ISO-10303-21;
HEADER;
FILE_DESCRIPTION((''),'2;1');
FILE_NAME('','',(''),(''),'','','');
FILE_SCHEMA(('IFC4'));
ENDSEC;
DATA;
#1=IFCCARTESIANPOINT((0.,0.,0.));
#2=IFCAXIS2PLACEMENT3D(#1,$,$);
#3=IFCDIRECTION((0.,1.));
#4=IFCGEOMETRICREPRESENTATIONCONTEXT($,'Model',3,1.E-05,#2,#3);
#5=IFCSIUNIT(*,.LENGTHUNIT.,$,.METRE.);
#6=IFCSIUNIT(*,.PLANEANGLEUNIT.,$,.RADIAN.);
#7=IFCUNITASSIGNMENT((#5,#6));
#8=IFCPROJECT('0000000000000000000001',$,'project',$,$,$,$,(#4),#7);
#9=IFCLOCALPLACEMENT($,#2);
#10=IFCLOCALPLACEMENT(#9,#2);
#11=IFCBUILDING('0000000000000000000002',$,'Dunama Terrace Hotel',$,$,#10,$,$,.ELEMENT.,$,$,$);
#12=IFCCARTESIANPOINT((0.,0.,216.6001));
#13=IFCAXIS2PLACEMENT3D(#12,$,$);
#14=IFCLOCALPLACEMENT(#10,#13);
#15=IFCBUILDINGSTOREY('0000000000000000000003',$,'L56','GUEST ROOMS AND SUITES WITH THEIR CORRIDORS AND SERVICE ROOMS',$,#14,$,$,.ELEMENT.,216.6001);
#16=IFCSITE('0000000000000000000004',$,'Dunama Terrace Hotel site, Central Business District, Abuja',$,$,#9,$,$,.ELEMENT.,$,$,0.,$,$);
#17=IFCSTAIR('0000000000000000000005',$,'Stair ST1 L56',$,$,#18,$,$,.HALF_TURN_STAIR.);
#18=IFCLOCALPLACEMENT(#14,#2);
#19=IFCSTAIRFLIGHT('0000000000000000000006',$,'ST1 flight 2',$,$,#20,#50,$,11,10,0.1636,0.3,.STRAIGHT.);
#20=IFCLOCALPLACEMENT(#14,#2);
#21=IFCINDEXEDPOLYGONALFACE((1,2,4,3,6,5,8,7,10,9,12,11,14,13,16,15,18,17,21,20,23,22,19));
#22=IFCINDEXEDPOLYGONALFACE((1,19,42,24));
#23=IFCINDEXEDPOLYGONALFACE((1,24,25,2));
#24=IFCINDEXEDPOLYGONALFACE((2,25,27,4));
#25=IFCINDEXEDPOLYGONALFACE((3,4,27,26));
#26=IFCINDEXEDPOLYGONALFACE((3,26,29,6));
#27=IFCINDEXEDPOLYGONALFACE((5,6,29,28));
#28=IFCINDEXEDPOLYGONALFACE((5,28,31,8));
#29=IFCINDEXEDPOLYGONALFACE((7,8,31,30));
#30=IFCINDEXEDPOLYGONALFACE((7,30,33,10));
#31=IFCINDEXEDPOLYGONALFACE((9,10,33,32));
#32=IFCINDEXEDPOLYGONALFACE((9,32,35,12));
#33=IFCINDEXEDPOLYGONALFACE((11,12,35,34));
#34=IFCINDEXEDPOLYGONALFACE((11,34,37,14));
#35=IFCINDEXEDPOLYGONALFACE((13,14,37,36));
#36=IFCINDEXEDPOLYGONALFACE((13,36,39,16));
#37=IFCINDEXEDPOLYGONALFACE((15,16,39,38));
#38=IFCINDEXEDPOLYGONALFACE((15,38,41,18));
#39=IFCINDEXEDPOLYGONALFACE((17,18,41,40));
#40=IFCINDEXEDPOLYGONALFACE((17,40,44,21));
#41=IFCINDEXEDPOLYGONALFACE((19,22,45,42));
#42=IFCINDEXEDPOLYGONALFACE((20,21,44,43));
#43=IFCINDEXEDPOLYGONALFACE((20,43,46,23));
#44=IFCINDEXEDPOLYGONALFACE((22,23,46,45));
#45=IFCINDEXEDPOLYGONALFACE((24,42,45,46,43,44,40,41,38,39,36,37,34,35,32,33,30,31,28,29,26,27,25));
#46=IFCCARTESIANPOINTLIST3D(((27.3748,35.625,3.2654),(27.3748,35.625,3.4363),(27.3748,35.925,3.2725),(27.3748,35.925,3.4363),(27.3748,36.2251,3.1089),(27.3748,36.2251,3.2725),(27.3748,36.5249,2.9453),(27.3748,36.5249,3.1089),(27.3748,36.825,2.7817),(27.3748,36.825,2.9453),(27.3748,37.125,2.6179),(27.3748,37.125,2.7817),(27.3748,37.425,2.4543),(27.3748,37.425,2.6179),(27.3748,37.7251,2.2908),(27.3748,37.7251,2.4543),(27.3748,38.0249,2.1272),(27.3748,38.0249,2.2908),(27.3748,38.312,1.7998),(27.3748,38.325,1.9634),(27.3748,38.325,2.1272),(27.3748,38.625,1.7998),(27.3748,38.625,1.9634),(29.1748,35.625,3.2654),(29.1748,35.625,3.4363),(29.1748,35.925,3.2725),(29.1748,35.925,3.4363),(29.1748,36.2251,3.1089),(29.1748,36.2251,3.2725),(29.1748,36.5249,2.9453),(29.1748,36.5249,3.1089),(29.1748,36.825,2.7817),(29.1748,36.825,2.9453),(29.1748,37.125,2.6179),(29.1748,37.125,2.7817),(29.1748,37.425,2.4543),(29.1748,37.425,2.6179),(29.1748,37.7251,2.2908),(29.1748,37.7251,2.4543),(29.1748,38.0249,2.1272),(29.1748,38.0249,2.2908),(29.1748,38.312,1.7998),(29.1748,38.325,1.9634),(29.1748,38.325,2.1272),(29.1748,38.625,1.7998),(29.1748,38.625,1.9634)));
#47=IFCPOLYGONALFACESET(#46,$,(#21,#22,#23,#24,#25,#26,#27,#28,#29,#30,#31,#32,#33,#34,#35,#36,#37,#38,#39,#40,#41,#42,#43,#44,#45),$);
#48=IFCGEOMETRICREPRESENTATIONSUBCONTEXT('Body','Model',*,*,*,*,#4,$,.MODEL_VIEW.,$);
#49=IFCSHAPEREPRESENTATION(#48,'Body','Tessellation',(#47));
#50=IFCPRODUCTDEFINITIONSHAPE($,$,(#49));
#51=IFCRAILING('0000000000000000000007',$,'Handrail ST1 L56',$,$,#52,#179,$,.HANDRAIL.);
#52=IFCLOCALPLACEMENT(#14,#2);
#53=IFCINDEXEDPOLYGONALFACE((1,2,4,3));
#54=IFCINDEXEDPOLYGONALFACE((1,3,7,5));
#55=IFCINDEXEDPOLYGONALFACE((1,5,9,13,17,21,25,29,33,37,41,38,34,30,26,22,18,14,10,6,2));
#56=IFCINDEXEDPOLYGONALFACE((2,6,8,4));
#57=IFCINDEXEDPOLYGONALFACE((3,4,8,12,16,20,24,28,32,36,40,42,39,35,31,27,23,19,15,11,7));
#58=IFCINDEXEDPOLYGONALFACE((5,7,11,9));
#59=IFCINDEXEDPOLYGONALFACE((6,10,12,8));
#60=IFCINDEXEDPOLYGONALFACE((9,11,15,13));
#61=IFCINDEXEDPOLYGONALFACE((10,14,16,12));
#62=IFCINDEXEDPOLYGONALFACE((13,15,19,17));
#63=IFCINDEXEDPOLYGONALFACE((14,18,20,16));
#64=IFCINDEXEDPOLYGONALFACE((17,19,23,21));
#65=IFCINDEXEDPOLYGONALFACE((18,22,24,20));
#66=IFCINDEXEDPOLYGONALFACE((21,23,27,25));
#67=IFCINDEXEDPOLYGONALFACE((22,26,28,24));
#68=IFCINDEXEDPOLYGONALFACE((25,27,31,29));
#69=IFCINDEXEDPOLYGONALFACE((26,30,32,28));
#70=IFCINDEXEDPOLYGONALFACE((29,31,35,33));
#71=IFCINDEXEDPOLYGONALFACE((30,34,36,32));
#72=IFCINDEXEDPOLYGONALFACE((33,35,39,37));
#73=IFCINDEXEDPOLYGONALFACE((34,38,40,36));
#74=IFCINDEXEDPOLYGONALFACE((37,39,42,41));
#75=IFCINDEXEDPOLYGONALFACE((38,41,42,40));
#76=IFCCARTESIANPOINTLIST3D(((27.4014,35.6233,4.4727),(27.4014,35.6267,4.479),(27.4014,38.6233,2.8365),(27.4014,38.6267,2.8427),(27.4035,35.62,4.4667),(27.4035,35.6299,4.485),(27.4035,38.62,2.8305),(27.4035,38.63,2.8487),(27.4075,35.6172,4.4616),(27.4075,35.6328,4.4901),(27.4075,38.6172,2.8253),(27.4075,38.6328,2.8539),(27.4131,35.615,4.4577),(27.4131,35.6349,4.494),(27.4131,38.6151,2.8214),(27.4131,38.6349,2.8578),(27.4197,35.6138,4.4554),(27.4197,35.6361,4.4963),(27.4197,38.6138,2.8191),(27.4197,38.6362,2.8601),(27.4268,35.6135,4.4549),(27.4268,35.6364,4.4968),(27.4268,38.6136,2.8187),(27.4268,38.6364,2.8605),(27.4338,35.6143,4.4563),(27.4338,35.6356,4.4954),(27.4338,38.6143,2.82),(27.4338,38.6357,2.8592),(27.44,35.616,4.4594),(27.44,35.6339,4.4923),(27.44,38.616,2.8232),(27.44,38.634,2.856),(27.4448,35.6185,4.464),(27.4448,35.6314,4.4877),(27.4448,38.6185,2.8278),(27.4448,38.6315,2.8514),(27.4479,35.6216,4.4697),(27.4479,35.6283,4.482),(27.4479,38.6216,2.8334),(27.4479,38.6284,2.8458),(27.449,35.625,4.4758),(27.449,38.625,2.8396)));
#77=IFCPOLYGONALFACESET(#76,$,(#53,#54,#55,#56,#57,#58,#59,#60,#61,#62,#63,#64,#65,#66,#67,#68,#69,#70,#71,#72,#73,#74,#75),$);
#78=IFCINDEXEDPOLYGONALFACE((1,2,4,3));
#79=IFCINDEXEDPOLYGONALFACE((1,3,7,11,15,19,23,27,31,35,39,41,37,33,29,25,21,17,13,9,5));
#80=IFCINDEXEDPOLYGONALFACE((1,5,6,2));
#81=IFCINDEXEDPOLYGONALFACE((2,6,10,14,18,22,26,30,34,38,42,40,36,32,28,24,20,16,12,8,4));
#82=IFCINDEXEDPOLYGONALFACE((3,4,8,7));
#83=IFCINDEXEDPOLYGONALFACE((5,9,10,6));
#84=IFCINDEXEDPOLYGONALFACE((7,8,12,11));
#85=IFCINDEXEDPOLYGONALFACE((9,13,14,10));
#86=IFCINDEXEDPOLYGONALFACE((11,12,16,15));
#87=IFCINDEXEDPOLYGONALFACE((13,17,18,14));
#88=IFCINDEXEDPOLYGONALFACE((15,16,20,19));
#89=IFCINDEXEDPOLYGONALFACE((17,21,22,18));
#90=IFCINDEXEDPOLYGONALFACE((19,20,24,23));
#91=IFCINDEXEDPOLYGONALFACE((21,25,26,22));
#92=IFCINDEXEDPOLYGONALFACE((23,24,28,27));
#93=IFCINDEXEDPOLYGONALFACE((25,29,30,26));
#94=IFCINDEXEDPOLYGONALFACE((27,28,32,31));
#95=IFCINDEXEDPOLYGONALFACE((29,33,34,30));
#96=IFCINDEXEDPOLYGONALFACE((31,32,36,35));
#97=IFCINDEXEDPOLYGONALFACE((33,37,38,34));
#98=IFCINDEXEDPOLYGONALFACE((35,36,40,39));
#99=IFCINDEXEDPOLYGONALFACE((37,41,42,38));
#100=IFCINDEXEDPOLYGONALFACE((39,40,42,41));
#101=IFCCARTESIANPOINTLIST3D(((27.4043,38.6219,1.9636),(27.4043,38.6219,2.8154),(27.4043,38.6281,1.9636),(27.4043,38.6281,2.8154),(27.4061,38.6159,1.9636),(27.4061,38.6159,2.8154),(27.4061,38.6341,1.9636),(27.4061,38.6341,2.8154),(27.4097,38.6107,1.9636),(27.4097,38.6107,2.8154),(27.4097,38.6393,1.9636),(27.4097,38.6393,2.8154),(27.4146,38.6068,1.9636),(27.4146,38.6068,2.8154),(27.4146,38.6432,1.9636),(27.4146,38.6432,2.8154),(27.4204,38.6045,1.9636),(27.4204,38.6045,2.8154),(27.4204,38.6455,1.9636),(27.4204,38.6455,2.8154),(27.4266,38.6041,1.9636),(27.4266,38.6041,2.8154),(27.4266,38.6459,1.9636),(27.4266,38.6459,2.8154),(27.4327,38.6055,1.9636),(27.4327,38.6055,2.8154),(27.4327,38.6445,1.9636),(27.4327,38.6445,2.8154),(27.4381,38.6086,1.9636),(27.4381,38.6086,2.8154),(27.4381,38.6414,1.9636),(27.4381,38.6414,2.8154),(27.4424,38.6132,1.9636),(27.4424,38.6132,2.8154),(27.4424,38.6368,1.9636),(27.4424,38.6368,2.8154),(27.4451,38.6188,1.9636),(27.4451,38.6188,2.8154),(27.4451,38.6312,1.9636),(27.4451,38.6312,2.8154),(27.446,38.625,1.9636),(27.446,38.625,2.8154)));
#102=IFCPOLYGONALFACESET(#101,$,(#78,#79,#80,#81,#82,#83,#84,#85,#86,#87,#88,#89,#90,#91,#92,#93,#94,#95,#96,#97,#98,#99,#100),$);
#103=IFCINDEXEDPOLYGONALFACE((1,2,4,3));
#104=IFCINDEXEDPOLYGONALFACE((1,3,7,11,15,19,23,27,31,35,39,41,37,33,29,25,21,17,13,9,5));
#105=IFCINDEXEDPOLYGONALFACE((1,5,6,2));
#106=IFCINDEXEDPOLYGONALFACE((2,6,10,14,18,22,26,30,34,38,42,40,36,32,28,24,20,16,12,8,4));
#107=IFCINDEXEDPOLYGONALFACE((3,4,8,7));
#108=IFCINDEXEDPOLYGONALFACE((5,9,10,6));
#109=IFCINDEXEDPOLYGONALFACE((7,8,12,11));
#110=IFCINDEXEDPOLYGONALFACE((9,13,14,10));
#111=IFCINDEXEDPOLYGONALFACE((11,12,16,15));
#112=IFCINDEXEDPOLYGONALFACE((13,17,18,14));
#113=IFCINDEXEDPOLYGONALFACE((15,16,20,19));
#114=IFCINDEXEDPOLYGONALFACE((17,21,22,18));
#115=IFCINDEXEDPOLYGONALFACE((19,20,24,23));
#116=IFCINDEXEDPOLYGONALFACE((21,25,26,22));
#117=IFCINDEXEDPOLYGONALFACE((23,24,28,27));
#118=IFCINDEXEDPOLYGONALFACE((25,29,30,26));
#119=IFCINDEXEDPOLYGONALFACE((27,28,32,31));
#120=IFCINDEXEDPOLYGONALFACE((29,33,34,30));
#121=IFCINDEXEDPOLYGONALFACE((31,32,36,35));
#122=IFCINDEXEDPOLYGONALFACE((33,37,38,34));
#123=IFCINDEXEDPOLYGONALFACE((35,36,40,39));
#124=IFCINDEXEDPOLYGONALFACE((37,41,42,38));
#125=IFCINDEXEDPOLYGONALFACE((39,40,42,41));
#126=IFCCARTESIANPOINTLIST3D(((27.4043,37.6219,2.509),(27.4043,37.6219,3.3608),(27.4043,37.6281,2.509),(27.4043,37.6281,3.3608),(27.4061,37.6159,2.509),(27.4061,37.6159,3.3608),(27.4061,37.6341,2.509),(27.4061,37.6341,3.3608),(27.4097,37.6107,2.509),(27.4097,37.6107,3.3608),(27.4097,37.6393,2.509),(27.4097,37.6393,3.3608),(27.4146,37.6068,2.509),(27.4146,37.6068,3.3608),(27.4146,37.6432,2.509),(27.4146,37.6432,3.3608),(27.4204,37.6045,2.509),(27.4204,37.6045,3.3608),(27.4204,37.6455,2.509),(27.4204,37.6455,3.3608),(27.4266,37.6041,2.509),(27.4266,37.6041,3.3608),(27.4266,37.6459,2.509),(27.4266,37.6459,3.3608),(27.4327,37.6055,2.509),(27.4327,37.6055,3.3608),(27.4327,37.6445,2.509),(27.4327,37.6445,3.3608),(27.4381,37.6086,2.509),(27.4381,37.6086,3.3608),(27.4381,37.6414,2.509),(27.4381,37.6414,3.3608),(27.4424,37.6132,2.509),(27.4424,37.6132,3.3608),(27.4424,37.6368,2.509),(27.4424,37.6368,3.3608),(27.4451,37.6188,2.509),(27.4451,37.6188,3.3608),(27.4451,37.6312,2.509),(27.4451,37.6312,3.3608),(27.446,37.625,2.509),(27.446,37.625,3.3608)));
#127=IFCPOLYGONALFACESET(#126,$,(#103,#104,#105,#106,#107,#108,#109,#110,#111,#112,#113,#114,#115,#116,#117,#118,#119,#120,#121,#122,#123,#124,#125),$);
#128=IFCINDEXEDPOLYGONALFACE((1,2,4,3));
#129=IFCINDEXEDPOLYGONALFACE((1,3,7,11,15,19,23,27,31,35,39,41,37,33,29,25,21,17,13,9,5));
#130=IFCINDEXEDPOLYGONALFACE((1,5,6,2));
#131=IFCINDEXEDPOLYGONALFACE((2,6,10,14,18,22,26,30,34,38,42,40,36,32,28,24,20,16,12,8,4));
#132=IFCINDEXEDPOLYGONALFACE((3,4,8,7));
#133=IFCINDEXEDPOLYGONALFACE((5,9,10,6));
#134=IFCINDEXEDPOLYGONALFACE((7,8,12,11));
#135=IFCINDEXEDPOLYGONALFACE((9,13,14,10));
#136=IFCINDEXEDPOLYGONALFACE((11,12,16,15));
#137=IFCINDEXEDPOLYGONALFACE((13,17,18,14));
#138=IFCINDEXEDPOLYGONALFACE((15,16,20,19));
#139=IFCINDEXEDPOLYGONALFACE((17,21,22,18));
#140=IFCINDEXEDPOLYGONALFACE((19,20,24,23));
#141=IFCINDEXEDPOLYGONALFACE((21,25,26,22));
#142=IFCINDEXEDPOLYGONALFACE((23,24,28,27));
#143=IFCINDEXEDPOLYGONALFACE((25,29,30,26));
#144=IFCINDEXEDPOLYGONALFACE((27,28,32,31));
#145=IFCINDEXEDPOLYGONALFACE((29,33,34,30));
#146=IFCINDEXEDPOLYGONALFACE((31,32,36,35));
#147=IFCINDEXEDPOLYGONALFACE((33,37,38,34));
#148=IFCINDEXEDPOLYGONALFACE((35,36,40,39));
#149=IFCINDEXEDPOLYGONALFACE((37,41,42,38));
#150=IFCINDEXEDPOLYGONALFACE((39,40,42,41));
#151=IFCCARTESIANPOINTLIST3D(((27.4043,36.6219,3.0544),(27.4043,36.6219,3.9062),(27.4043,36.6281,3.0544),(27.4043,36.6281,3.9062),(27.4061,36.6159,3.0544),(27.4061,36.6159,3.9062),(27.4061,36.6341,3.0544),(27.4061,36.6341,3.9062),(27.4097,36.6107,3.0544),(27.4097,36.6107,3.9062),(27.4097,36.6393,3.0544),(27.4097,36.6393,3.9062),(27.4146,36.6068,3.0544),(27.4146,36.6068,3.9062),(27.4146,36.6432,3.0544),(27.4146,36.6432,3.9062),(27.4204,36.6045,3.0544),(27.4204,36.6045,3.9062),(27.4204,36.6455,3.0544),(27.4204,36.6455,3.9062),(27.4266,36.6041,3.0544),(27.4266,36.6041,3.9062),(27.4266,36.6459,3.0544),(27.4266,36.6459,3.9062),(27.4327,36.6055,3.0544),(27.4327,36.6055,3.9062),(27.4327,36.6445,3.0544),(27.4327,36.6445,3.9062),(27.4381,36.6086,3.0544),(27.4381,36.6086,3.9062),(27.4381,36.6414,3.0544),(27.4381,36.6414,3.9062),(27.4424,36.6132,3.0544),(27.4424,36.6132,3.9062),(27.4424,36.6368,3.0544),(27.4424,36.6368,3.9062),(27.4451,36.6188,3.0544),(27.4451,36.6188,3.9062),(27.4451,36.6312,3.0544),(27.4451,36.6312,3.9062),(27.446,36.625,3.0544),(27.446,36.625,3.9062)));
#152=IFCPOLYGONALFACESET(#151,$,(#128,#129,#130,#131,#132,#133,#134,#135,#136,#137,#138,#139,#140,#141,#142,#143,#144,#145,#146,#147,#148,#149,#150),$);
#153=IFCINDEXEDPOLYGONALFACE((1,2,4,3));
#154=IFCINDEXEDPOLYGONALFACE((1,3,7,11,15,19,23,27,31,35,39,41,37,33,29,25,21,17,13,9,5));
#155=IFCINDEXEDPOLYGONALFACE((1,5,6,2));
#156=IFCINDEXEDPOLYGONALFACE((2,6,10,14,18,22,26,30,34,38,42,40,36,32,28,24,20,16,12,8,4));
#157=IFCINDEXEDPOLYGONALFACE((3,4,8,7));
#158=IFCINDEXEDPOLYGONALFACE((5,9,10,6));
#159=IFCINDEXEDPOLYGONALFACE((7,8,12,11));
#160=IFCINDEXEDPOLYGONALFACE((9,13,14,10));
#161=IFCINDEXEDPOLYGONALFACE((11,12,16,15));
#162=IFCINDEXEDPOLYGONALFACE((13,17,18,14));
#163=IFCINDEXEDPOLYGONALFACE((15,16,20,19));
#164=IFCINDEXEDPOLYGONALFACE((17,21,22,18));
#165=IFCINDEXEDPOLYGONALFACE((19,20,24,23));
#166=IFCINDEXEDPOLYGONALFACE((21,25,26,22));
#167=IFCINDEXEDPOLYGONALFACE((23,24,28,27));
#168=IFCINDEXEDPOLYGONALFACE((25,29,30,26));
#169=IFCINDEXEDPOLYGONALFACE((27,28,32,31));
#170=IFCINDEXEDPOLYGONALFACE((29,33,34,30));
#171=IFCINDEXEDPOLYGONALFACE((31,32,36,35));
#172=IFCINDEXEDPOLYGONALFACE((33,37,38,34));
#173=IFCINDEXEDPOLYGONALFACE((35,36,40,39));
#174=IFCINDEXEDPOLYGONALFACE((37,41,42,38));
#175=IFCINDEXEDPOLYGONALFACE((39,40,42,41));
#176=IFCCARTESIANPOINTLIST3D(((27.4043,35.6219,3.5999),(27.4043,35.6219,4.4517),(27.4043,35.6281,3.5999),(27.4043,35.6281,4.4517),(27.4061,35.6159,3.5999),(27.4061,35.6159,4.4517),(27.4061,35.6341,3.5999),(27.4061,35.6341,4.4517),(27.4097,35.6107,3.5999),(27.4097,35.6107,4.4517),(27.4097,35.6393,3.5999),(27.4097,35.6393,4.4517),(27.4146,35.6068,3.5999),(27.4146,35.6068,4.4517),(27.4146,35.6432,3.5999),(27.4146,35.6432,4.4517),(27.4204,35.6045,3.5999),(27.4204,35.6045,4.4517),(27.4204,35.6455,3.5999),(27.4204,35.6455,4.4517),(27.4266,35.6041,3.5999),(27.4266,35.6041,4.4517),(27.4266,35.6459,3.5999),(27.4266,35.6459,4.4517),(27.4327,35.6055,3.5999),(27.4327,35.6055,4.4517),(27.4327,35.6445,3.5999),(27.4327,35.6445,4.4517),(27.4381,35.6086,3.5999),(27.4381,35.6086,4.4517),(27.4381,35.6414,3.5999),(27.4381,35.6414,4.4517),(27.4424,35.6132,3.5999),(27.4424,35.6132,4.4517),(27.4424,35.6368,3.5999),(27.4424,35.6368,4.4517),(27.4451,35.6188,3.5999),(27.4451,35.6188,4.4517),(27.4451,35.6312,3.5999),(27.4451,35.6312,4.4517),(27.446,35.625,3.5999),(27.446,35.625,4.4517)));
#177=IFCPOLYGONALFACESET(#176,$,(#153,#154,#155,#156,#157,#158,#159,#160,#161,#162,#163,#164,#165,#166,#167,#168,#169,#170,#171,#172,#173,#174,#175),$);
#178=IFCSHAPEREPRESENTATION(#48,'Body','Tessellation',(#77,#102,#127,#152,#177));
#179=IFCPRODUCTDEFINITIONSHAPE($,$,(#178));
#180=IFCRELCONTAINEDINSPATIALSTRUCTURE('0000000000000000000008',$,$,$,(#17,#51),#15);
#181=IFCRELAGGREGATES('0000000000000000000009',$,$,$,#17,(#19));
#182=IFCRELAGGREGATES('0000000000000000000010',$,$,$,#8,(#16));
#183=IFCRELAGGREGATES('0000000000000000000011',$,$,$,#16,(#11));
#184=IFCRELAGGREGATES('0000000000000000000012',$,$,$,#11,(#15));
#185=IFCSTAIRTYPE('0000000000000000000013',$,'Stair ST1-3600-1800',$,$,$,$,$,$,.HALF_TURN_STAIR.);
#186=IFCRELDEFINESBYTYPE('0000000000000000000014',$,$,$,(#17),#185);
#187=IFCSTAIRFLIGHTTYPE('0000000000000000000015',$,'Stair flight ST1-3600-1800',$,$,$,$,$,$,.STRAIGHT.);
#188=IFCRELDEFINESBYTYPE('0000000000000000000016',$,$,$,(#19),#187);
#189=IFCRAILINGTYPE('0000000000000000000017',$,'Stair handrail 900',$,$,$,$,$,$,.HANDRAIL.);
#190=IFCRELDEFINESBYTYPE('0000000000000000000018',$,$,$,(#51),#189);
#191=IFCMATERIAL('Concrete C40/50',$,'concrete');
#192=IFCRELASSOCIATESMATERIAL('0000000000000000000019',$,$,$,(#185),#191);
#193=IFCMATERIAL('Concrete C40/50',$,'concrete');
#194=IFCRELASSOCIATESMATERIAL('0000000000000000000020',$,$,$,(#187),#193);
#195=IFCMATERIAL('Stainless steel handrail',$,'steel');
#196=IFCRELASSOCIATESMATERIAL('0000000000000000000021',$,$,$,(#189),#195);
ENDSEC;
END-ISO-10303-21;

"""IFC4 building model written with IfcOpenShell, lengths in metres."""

from ifc_helpers import new_model, si_unit, direction, frame, origin, origin_2d, place, context, subcontext, project, spatial, polyline, circle, outline, extrude, material, type_object, element, aggregate, save


model = new_model("IFC4")

# Units and contexts
model_context = context("Model", 3, precision=1e-05, world=origin(), true_north=direction((0.0, 1.0)))
body_context = subcontext(model_context, "Body", "Model", "MODEL_VIEW")
ifc_project = project(units=[si_unit("LENGTHUNIT", "METRE"), si_unit("PLANEANGLEUNIT", "RADIAN")], contexts=[model_context])

# Site, building, storey
site_placement = place(None, origin())
site = spatial("IfcSite", under=ifc_project, at=site_placement, Name="Dunama Terrace Hotel site, Central Business District, Abuja", CompositionType="ELEMENT", RefElevation=0.0)
building_placement = place(site_placement, origin())
building = spatial("IfcBuilding", under=site, at=building_placement, Name="Dunama Terrace Hotel", CompositionType="ELEMENT")
storey_placement = place(building_placement, frame((0.0, 0.0, 216.6001)))
storey = spatial("IfcBuildingStorey", under=building, at=storey_placement, Name="L56", Description="GUEST ROOMS AND SUITES WITH THEIR CORRIDORS AND SERVICE ROOMS", CompositionType="ELEMENT", Elevation=216.6001)

# Stair, stair flight
ifc_material_1 = material(Name="Concrete C40/50", Category="concrete")
stair_type = type_object("IfcStairType", Name="Stair ST1-3600-1800", PredefinedType="HALF_TURN_STAIR", material=ifc_material_1)
stair_placement = place(storey_placement, origin())
stair = element("IfcStair", 1, at=stair_placement, inside=storey, type_object=stair_type, Name="Stair ST1 L56", PredefinedType="HALF_TURN_STAIR")
ifc_material_2 = material(Name="Concrete C40/50", Category="concrete")
stair_flight_type = type_object("IfcStairFlightType", Name="Stair flight ST1-3600-1800", PredefinedType="STRAIGHT", material=ifc_material_2)
stair_flight_placement = place(storey_placement, frame((28.2749, 38.625, 1.7998), z_axis=(0.0, 0.0, 1.0), x_axis=(0.0, -1.0, 0.0)))
stair_flight = element("IfcStairFlight", 2, at=stair_flight_placement, type_object=stair_flight_type, Name="ST1 flight 2", NumberOfRisers=11, NumberOfTreads=10, PredefinedType="STRAIGHT", RiserHeight=0.1636, TreadLength=0.3, context=body_context, shape_type="SweptSolid", body=[
    extrude(outline(polyline([(0.0, 0.0), (0.0, 0.1636), (0.3, 0.1636), (0.3, 0.3274), (0.6001, 0.3274), (0.6001, 0.491), (0.8999, 0.491), (0.8999, 0.6545), (1.2, 0.6545), (1.2, 0.8181), (1.5, 0.8181), (1.5, 0.9819), (1.8, 0.9819), (1.8, 1.1455), (2.1001, 1.1455), (2.1001, 1.3091), (2.3999, 1.3091), (2.3999, 1.4727), (2.7, 1.4727), (2.7, 1.6365), (3.0, 1.6365), (3.0, 1.8), (3.0, 1.4656), (0.313, 0.0), (0.0, 0.0)])), frame((0.0, 0.8999, 0.0), z_axis=(0.0, -1.0, 0.0), x_axis=(1.0, 0.0, 0.0)), (0.0, 0.0, 1.0), 1.8),
])
aggregate(stair, [stair_flight])

# Railing
ifc_material_3 = material(Name="Stainless steel handrail", Category="steel")
railing_type = type_object("IfcRailingType", Name="Stair handrail 900", PredefinedType="HANDRAIL", material=ifc_material_3)
railing_placement = place(storey_placement, frame((27.425, 38.625, 1.9636)))
element("IfcRailing", 3, at=railing_placement, inside=storey, type_object=railing_type, Name="Handrail ST1 L56", PredefinedType="HANDRAIL", context=body_context, shape_type="SweptSolid", body=[
    extrude(circle(Radius=0.0239, at=origin_2d()), frame((0.0, 0.0, 0.876), z_axis=(0.0, -0.877912, 0.478822), x_axis=(1.0, 0.0, 0.0)), (0.0, 0.0, 1.0), 3.4172),
    extrude(circle(Radius=0.021, at=origin_2d()), origin(), (0.0, 0.0, 1.0), 0.8518),
    extrude(circle(Radius=0.021, at=origin_2d()), frame((0.0, -1.0, 0.5454)), (0.0, 0.0, 1.0), 0.8518),
    extrude(circle(Radius=0.021, at=origin_2d()), frame((0.0, -2.0, 1.0908)), (0.0, 0.0, 1.0), 0.8518),
    extrude(circle(Radius=0.021, at=origin_2d()), frame((0.0, -3.0, 1.6362)), (0.0, 0.0, 1.0), 0.8518),
])

save(model, "model.ifc")
